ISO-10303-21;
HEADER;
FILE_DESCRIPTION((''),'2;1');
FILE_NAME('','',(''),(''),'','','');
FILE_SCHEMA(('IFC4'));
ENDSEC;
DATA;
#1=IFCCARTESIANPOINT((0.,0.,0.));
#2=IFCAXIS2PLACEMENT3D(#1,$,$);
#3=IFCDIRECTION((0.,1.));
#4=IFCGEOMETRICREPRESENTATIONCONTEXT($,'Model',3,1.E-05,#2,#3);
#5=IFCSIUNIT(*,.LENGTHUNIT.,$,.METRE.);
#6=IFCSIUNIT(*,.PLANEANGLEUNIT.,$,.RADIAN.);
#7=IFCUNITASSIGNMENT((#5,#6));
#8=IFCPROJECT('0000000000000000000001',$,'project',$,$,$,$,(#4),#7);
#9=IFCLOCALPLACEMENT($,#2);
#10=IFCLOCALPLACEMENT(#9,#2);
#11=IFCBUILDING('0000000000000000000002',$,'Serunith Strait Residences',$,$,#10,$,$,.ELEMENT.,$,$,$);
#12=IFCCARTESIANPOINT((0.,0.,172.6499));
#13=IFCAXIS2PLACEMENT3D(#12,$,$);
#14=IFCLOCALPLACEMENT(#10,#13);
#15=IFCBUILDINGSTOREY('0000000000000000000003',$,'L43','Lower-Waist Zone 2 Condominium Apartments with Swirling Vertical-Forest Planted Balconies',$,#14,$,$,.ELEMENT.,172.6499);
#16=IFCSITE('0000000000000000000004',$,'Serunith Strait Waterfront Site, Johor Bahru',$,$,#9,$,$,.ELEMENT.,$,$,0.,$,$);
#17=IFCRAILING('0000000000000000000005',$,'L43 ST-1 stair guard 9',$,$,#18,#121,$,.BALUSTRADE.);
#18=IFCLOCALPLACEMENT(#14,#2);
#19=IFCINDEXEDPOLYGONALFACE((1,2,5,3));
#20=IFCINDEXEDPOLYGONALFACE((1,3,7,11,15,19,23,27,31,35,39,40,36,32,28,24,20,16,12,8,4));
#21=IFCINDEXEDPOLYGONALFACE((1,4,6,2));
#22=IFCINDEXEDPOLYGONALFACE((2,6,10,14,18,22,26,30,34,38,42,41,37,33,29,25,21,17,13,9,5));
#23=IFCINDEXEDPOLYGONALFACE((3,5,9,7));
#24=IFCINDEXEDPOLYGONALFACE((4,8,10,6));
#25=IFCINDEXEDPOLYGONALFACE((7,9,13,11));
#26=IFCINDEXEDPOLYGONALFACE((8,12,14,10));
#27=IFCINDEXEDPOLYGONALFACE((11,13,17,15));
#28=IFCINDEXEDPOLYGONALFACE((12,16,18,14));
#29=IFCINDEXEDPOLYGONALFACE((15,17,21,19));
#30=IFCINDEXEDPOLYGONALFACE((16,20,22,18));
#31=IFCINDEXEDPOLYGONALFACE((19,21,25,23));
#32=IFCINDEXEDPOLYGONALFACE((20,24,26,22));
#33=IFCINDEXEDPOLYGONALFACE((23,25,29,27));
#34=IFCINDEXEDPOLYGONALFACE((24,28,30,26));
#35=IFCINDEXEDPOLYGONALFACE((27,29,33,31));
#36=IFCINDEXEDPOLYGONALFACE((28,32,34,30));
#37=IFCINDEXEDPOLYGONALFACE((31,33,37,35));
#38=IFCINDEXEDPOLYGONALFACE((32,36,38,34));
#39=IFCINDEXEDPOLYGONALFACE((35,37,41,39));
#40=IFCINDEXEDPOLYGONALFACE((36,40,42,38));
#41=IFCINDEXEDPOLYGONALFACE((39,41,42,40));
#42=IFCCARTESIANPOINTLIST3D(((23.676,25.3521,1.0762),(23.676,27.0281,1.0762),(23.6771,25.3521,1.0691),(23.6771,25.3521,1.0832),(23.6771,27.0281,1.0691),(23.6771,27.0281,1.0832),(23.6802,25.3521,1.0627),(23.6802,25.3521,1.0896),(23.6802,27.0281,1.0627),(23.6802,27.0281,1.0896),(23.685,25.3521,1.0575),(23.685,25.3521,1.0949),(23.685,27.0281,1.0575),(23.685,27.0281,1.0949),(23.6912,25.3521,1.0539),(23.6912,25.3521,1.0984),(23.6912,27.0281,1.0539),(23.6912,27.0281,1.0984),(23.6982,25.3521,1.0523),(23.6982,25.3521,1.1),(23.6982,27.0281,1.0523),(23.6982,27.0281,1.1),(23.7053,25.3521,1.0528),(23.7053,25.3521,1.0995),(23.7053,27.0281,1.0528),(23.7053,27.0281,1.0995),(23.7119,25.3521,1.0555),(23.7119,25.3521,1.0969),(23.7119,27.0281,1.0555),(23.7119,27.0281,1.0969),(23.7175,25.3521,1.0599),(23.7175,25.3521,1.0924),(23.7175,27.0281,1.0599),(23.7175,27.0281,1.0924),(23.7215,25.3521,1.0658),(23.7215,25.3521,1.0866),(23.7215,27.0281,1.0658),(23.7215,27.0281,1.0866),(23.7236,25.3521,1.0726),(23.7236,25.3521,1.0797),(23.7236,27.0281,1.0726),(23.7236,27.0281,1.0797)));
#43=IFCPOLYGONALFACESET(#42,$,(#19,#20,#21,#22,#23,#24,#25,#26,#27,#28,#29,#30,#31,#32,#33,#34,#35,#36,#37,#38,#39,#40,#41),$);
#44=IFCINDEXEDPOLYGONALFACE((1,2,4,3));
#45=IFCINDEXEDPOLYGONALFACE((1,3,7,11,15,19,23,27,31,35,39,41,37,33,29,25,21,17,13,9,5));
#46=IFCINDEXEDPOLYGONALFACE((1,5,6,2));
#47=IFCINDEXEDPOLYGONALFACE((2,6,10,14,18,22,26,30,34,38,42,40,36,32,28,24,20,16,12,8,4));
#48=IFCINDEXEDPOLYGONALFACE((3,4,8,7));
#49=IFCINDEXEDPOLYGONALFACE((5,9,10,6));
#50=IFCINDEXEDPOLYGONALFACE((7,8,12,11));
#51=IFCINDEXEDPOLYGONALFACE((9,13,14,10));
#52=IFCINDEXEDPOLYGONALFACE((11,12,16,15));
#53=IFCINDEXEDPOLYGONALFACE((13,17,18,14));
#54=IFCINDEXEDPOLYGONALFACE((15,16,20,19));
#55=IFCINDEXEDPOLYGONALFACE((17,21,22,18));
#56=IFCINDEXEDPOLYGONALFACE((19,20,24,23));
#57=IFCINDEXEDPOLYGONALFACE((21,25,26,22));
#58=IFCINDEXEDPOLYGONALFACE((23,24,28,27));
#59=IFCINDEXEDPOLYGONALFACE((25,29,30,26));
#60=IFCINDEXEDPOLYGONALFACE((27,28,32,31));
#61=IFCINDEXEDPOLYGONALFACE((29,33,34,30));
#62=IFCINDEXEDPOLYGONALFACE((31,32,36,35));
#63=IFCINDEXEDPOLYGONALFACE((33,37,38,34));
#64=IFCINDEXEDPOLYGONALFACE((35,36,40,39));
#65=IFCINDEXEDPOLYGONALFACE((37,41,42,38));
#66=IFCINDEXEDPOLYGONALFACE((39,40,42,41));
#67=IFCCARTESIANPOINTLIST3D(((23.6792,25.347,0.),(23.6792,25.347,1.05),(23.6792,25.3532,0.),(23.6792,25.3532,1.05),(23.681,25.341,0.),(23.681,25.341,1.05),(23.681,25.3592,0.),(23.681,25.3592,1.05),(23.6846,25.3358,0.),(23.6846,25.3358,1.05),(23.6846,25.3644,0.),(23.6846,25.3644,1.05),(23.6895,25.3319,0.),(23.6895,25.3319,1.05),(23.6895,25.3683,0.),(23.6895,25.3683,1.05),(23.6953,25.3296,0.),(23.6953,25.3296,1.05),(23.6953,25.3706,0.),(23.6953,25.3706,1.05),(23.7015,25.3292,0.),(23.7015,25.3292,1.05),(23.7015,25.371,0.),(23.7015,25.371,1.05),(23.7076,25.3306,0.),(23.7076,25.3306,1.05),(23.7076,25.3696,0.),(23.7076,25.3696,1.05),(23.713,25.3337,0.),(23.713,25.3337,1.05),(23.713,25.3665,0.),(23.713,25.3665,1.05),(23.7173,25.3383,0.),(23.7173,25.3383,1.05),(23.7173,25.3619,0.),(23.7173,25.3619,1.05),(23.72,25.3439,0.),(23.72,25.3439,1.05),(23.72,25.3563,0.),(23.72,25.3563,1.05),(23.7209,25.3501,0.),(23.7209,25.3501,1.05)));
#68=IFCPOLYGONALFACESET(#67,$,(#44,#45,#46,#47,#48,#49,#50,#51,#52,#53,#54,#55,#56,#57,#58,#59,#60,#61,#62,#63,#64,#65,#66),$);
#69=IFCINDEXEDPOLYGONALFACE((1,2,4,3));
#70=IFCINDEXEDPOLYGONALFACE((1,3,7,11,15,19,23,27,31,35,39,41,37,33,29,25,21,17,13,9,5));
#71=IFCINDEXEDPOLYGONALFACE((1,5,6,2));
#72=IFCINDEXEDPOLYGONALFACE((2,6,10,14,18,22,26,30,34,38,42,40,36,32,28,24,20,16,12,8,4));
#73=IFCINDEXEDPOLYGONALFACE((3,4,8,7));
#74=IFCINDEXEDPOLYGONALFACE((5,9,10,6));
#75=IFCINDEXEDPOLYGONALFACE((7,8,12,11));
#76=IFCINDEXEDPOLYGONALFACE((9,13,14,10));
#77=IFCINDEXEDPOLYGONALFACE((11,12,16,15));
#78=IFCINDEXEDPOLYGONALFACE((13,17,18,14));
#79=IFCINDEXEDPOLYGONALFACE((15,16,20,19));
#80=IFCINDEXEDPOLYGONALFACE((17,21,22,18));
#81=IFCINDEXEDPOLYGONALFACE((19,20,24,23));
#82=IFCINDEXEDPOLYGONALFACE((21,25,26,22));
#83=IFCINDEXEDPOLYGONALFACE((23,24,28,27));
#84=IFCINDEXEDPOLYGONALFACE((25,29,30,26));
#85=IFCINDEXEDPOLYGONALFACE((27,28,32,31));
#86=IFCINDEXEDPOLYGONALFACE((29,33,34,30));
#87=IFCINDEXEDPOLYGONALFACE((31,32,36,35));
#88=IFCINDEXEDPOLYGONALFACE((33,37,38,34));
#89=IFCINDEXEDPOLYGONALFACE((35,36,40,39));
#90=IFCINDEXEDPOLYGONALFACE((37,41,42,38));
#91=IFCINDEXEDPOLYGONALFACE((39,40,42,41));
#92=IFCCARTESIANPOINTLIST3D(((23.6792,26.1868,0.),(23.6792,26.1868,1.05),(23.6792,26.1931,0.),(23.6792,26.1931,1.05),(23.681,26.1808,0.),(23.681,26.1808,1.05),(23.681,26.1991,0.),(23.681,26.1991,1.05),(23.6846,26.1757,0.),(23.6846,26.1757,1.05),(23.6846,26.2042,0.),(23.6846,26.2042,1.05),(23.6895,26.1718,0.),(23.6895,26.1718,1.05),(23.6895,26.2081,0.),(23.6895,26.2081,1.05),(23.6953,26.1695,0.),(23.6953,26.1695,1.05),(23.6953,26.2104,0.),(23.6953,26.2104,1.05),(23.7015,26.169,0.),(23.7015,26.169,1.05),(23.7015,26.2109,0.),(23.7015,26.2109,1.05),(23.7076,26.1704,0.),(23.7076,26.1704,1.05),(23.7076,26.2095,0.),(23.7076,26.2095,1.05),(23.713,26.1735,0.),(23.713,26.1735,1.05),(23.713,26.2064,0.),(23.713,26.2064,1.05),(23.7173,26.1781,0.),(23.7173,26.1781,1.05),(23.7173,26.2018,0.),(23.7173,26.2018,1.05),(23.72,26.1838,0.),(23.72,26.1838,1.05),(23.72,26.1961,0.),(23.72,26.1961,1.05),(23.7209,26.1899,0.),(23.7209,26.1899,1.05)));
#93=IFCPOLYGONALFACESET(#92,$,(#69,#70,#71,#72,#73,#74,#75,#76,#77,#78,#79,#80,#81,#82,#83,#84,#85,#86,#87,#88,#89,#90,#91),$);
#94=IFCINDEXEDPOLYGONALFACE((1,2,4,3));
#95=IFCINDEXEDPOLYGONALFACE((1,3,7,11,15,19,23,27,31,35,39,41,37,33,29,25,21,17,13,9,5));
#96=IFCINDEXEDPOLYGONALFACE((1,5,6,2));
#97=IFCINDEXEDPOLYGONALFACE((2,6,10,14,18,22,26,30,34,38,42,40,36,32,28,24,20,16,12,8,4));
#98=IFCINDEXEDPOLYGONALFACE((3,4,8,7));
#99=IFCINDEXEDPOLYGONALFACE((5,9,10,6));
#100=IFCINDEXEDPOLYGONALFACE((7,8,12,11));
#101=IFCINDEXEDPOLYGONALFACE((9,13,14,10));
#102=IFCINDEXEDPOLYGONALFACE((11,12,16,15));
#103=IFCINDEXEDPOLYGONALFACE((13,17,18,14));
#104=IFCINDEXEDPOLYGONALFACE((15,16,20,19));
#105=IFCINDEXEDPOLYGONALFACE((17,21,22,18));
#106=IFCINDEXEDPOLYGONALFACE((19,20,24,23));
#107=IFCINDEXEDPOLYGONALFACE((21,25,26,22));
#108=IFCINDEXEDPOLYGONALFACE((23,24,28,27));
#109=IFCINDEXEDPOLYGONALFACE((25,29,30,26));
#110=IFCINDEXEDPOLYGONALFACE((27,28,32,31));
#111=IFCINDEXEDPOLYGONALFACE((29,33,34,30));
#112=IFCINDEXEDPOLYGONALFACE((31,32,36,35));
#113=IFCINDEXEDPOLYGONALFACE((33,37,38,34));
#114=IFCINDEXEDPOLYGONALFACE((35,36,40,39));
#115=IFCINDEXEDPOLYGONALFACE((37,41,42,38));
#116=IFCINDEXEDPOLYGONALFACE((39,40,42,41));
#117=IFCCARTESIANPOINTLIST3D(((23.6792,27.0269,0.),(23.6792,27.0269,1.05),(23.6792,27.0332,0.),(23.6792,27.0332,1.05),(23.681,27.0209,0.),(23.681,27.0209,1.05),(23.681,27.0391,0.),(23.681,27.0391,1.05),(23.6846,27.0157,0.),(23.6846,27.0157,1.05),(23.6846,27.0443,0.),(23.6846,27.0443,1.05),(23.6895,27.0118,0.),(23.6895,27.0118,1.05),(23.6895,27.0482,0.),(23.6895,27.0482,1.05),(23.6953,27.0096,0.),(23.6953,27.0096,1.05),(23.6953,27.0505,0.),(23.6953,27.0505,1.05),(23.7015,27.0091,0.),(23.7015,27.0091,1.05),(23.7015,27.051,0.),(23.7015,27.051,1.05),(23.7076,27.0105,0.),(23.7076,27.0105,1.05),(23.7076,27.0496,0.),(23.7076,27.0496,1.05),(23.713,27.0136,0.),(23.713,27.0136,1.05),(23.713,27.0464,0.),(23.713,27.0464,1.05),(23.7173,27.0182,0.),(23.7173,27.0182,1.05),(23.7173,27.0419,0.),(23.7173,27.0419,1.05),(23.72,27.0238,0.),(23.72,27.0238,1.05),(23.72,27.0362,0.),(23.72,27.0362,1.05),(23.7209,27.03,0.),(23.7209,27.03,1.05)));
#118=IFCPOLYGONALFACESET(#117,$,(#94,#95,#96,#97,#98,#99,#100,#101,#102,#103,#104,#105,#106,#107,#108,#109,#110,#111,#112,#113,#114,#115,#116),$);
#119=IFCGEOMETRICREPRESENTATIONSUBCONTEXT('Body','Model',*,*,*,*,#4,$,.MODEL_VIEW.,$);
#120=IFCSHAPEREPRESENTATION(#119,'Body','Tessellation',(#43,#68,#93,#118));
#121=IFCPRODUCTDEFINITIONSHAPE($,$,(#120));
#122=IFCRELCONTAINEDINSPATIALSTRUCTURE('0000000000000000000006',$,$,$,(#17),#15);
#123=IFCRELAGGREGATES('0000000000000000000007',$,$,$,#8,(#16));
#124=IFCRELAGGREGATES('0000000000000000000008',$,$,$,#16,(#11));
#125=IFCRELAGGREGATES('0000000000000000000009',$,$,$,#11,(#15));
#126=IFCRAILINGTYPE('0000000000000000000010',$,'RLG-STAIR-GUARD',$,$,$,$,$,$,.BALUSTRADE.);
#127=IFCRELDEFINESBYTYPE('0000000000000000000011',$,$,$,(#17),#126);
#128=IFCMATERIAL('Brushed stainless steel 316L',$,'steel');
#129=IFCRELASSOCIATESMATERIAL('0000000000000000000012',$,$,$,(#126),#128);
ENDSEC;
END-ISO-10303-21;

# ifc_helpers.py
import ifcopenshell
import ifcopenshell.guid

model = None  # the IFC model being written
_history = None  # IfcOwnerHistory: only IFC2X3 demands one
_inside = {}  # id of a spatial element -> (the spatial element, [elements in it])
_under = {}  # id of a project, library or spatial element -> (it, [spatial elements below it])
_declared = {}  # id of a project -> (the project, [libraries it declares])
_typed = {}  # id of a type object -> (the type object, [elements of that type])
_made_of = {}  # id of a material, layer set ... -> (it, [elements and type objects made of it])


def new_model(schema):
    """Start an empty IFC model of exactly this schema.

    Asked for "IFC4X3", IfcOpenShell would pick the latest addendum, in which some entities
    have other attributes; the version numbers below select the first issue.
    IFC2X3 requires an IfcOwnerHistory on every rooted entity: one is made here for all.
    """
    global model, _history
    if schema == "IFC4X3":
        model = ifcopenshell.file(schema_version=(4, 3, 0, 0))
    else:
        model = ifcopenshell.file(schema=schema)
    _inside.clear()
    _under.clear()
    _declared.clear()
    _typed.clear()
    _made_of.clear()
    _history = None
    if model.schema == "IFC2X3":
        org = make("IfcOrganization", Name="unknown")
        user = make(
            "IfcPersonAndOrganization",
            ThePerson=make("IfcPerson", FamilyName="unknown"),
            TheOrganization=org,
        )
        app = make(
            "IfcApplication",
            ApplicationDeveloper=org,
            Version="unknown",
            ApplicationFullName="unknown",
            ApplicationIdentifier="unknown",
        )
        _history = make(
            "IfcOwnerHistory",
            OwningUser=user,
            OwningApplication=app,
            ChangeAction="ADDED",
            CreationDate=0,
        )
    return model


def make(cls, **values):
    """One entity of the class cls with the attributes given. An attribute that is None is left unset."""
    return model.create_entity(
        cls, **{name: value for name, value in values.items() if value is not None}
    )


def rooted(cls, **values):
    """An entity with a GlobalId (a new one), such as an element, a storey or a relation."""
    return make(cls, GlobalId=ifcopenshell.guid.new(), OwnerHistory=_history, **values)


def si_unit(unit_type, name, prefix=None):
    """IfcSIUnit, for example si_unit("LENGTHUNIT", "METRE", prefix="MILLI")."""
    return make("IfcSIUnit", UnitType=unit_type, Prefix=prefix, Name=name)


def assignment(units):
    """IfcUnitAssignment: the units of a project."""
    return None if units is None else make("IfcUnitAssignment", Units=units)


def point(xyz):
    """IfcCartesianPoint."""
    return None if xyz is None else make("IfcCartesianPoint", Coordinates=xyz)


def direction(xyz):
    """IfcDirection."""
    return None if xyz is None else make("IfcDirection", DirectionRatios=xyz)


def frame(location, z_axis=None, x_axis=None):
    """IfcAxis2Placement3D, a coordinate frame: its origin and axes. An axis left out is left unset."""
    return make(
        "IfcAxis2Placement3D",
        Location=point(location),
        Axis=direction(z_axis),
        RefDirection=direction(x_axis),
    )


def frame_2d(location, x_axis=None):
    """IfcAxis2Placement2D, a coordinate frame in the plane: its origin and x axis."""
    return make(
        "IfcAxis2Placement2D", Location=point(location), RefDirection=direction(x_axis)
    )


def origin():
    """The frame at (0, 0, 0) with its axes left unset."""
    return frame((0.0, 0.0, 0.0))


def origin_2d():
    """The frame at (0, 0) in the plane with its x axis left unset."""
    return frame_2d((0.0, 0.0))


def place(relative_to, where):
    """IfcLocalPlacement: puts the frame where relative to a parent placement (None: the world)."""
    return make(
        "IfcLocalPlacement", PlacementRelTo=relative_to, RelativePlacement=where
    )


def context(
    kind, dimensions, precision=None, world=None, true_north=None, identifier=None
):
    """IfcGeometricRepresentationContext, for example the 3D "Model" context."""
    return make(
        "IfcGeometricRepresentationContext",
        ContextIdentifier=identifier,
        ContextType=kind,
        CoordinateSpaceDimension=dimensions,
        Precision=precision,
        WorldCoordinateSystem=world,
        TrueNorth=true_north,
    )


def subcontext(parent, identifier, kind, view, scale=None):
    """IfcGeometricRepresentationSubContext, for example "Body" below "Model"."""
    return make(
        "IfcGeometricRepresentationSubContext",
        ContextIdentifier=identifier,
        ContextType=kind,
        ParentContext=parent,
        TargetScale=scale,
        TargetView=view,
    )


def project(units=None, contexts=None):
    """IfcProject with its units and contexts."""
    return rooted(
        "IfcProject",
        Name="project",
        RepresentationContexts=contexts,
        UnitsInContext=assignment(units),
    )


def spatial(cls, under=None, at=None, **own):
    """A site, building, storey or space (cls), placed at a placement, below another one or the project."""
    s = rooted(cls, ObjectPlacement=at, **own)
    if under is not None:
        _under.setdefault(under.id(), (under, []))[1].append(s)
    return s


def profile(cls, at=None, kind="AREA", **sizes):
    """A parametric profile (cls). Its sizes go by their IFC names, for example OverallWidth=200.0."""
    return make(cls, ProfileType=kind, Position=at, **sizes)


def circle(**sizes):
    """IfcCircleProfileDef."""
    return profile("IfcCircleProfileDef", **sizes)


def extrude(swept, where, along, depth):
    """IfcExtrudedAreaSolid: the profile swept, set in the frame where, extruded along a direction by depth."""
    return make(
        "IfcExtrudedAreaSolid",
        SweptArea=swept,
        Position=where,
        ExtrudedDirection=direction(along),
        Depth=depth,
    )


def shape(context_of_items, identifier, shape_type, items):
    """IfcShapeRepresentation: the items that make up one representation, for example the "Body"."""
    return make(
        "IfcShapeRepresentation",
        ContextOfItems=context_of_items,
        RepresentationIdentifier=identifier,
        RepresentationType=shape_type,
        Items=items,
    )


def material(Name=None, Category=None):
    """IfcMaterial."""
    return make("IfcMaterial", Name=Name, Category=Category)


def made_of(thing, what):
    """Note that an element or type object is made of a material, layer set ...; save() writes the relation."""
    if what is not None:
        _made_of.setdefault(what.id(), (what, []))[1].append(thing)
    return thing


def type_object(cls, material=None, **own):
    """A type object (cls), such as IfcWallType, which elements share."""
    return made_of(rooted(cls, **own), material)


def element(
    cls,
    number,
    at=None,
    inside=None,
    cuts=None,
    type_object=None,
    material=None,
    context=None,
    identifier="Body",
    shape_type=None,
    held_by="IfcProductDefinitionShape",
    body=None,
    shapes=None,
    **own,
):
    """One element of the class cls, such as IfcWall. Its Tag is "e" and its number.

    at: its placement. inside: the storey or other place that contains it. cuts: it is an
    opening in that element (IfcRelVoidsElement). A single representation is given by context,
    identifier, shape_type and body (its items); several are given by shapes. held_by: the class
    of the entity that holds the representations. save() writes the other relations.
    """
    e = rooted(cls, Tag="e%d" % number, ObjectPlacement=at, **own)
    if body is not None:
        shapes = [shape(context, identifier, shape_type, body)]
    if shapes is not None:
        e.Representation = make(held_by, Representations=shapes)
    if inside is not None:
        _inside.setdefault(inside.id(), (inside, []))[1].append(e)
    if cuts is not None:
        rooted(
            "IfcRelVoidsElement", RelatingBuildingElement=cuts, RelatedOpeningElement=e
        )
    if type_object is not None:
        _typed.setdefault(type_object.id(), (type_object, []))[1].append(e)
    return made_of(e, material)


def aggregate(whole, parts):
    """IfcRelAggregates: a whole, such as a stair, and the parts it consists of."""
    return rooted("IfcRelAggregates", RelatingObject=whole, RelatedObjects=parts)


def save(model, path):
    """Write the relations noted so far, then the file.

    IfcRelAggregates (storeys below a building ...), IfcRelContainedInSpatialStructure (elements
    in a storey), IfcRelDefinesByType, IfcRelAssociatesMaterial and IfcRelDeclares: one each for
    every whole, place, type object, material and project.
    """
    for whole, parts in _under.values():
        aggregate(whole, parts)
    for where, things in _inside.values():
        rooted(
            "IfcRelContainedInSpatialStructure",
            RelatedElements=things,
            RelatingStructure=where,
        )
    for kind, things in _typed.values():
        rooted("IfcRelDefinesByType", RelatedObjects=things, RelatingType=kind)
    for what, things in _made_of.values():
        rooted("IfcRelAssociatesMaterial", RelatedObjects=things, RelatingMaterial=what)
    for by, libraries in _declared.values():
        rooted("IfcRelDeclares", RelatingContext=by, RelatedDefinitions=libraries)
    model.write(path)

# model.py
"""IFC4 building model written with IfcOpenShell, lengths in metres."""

from ifc_helpers import new_model, si_unit, direction, frame, origin, origin_2d, place, context, subcontext, project, spatial, circle, extrude, material, type_object, element, save


model = new_model("IFC4")

# Units and contexts
model_context = context("Model", 3, precision=1e-05, world=origin(), true_north=direction((0.0, 1.0)))
body_context = subcontext(model_context, "Body", "Model", "MODEL_VIEW")
ifc_project = project(units=[si_unit("LENGTHUNIT", "METRE"), si_unit("PLANEANGLEUNIT", "RADIAN")], contexts=[model_context])

# Site, building, storey
site_placement = place(None, origin())
site = spatial("IfcSite", under=ifc_project, at=site_placement, Name="Serunith Strait Waterfront Site, Johor Bahru", CompositionType="ELEMENT", RefElevation=0.0)
building_placement = place(site_placement, origin())
building = spatial("IfcBuilding", under=site, at=building_placement, Name="Serunith Strait Residences", CompositionType="ELEMENT")
storey_placement = place(building_placement, frame((0.0, 0.0, 172.6499)))
storey = spatial("IfcBuildingStorey", under=building, at=storey_placement, Name="L43", Description="Lower-Waist Zone 2 Condominium Apartments with Swirling Vertical-Forest Planted Balconies", CompositionType="ELEMENT", Elevation=172.6499)

# Railing
ifc_material_1 = material(Name="Brushed stainless steel 316L", Category="steel")
railing_type_1 = type_object("IfcRailingType", Name="RLG-STAIR-GUARD", PredefinedType="BALUSTRADE", material=ifc_material_1)
for number, where, name in (
    (1, (23.7, 25.3501, 0.0), "L43 ST-1 stair guard 9"),
):
    element("IfcRailing", number, at=place(storey_placement, frame(where)), inside=storey, type_object=railing_type_1, Name=name, PredefinedType="BALUSTRADE", context=body_context, shape_type="SweptSolid", body=[
        extrude(circle(Radius=0.0239, at=origin_2d()), frame((0.0, 0.002, 1.0762), z_axis=(0.0, 1.0, 0.0), x_axis=(-1.0, 0.0, 0.0)), (0.0, 0.0, 1.0), 1.676),
        extrude(circle(Radius=0.021, at=origin_2d()), origin(), (0.0, 0.0, 1.0), 1.05),
        extrude(circle(Radius=0.021, at=origin_2d()), frame((0.0, 0.8398, 0.0)), (0.0, 0.0, 1.0), 1.05),
        extrude(circle(Radius=0.021, at=origin_2d()), frame((0.0, 1.6799, 0.0)), (0.0, 0.0, 1.0), 1.05),
    ])

save(model, "model.ifc")
